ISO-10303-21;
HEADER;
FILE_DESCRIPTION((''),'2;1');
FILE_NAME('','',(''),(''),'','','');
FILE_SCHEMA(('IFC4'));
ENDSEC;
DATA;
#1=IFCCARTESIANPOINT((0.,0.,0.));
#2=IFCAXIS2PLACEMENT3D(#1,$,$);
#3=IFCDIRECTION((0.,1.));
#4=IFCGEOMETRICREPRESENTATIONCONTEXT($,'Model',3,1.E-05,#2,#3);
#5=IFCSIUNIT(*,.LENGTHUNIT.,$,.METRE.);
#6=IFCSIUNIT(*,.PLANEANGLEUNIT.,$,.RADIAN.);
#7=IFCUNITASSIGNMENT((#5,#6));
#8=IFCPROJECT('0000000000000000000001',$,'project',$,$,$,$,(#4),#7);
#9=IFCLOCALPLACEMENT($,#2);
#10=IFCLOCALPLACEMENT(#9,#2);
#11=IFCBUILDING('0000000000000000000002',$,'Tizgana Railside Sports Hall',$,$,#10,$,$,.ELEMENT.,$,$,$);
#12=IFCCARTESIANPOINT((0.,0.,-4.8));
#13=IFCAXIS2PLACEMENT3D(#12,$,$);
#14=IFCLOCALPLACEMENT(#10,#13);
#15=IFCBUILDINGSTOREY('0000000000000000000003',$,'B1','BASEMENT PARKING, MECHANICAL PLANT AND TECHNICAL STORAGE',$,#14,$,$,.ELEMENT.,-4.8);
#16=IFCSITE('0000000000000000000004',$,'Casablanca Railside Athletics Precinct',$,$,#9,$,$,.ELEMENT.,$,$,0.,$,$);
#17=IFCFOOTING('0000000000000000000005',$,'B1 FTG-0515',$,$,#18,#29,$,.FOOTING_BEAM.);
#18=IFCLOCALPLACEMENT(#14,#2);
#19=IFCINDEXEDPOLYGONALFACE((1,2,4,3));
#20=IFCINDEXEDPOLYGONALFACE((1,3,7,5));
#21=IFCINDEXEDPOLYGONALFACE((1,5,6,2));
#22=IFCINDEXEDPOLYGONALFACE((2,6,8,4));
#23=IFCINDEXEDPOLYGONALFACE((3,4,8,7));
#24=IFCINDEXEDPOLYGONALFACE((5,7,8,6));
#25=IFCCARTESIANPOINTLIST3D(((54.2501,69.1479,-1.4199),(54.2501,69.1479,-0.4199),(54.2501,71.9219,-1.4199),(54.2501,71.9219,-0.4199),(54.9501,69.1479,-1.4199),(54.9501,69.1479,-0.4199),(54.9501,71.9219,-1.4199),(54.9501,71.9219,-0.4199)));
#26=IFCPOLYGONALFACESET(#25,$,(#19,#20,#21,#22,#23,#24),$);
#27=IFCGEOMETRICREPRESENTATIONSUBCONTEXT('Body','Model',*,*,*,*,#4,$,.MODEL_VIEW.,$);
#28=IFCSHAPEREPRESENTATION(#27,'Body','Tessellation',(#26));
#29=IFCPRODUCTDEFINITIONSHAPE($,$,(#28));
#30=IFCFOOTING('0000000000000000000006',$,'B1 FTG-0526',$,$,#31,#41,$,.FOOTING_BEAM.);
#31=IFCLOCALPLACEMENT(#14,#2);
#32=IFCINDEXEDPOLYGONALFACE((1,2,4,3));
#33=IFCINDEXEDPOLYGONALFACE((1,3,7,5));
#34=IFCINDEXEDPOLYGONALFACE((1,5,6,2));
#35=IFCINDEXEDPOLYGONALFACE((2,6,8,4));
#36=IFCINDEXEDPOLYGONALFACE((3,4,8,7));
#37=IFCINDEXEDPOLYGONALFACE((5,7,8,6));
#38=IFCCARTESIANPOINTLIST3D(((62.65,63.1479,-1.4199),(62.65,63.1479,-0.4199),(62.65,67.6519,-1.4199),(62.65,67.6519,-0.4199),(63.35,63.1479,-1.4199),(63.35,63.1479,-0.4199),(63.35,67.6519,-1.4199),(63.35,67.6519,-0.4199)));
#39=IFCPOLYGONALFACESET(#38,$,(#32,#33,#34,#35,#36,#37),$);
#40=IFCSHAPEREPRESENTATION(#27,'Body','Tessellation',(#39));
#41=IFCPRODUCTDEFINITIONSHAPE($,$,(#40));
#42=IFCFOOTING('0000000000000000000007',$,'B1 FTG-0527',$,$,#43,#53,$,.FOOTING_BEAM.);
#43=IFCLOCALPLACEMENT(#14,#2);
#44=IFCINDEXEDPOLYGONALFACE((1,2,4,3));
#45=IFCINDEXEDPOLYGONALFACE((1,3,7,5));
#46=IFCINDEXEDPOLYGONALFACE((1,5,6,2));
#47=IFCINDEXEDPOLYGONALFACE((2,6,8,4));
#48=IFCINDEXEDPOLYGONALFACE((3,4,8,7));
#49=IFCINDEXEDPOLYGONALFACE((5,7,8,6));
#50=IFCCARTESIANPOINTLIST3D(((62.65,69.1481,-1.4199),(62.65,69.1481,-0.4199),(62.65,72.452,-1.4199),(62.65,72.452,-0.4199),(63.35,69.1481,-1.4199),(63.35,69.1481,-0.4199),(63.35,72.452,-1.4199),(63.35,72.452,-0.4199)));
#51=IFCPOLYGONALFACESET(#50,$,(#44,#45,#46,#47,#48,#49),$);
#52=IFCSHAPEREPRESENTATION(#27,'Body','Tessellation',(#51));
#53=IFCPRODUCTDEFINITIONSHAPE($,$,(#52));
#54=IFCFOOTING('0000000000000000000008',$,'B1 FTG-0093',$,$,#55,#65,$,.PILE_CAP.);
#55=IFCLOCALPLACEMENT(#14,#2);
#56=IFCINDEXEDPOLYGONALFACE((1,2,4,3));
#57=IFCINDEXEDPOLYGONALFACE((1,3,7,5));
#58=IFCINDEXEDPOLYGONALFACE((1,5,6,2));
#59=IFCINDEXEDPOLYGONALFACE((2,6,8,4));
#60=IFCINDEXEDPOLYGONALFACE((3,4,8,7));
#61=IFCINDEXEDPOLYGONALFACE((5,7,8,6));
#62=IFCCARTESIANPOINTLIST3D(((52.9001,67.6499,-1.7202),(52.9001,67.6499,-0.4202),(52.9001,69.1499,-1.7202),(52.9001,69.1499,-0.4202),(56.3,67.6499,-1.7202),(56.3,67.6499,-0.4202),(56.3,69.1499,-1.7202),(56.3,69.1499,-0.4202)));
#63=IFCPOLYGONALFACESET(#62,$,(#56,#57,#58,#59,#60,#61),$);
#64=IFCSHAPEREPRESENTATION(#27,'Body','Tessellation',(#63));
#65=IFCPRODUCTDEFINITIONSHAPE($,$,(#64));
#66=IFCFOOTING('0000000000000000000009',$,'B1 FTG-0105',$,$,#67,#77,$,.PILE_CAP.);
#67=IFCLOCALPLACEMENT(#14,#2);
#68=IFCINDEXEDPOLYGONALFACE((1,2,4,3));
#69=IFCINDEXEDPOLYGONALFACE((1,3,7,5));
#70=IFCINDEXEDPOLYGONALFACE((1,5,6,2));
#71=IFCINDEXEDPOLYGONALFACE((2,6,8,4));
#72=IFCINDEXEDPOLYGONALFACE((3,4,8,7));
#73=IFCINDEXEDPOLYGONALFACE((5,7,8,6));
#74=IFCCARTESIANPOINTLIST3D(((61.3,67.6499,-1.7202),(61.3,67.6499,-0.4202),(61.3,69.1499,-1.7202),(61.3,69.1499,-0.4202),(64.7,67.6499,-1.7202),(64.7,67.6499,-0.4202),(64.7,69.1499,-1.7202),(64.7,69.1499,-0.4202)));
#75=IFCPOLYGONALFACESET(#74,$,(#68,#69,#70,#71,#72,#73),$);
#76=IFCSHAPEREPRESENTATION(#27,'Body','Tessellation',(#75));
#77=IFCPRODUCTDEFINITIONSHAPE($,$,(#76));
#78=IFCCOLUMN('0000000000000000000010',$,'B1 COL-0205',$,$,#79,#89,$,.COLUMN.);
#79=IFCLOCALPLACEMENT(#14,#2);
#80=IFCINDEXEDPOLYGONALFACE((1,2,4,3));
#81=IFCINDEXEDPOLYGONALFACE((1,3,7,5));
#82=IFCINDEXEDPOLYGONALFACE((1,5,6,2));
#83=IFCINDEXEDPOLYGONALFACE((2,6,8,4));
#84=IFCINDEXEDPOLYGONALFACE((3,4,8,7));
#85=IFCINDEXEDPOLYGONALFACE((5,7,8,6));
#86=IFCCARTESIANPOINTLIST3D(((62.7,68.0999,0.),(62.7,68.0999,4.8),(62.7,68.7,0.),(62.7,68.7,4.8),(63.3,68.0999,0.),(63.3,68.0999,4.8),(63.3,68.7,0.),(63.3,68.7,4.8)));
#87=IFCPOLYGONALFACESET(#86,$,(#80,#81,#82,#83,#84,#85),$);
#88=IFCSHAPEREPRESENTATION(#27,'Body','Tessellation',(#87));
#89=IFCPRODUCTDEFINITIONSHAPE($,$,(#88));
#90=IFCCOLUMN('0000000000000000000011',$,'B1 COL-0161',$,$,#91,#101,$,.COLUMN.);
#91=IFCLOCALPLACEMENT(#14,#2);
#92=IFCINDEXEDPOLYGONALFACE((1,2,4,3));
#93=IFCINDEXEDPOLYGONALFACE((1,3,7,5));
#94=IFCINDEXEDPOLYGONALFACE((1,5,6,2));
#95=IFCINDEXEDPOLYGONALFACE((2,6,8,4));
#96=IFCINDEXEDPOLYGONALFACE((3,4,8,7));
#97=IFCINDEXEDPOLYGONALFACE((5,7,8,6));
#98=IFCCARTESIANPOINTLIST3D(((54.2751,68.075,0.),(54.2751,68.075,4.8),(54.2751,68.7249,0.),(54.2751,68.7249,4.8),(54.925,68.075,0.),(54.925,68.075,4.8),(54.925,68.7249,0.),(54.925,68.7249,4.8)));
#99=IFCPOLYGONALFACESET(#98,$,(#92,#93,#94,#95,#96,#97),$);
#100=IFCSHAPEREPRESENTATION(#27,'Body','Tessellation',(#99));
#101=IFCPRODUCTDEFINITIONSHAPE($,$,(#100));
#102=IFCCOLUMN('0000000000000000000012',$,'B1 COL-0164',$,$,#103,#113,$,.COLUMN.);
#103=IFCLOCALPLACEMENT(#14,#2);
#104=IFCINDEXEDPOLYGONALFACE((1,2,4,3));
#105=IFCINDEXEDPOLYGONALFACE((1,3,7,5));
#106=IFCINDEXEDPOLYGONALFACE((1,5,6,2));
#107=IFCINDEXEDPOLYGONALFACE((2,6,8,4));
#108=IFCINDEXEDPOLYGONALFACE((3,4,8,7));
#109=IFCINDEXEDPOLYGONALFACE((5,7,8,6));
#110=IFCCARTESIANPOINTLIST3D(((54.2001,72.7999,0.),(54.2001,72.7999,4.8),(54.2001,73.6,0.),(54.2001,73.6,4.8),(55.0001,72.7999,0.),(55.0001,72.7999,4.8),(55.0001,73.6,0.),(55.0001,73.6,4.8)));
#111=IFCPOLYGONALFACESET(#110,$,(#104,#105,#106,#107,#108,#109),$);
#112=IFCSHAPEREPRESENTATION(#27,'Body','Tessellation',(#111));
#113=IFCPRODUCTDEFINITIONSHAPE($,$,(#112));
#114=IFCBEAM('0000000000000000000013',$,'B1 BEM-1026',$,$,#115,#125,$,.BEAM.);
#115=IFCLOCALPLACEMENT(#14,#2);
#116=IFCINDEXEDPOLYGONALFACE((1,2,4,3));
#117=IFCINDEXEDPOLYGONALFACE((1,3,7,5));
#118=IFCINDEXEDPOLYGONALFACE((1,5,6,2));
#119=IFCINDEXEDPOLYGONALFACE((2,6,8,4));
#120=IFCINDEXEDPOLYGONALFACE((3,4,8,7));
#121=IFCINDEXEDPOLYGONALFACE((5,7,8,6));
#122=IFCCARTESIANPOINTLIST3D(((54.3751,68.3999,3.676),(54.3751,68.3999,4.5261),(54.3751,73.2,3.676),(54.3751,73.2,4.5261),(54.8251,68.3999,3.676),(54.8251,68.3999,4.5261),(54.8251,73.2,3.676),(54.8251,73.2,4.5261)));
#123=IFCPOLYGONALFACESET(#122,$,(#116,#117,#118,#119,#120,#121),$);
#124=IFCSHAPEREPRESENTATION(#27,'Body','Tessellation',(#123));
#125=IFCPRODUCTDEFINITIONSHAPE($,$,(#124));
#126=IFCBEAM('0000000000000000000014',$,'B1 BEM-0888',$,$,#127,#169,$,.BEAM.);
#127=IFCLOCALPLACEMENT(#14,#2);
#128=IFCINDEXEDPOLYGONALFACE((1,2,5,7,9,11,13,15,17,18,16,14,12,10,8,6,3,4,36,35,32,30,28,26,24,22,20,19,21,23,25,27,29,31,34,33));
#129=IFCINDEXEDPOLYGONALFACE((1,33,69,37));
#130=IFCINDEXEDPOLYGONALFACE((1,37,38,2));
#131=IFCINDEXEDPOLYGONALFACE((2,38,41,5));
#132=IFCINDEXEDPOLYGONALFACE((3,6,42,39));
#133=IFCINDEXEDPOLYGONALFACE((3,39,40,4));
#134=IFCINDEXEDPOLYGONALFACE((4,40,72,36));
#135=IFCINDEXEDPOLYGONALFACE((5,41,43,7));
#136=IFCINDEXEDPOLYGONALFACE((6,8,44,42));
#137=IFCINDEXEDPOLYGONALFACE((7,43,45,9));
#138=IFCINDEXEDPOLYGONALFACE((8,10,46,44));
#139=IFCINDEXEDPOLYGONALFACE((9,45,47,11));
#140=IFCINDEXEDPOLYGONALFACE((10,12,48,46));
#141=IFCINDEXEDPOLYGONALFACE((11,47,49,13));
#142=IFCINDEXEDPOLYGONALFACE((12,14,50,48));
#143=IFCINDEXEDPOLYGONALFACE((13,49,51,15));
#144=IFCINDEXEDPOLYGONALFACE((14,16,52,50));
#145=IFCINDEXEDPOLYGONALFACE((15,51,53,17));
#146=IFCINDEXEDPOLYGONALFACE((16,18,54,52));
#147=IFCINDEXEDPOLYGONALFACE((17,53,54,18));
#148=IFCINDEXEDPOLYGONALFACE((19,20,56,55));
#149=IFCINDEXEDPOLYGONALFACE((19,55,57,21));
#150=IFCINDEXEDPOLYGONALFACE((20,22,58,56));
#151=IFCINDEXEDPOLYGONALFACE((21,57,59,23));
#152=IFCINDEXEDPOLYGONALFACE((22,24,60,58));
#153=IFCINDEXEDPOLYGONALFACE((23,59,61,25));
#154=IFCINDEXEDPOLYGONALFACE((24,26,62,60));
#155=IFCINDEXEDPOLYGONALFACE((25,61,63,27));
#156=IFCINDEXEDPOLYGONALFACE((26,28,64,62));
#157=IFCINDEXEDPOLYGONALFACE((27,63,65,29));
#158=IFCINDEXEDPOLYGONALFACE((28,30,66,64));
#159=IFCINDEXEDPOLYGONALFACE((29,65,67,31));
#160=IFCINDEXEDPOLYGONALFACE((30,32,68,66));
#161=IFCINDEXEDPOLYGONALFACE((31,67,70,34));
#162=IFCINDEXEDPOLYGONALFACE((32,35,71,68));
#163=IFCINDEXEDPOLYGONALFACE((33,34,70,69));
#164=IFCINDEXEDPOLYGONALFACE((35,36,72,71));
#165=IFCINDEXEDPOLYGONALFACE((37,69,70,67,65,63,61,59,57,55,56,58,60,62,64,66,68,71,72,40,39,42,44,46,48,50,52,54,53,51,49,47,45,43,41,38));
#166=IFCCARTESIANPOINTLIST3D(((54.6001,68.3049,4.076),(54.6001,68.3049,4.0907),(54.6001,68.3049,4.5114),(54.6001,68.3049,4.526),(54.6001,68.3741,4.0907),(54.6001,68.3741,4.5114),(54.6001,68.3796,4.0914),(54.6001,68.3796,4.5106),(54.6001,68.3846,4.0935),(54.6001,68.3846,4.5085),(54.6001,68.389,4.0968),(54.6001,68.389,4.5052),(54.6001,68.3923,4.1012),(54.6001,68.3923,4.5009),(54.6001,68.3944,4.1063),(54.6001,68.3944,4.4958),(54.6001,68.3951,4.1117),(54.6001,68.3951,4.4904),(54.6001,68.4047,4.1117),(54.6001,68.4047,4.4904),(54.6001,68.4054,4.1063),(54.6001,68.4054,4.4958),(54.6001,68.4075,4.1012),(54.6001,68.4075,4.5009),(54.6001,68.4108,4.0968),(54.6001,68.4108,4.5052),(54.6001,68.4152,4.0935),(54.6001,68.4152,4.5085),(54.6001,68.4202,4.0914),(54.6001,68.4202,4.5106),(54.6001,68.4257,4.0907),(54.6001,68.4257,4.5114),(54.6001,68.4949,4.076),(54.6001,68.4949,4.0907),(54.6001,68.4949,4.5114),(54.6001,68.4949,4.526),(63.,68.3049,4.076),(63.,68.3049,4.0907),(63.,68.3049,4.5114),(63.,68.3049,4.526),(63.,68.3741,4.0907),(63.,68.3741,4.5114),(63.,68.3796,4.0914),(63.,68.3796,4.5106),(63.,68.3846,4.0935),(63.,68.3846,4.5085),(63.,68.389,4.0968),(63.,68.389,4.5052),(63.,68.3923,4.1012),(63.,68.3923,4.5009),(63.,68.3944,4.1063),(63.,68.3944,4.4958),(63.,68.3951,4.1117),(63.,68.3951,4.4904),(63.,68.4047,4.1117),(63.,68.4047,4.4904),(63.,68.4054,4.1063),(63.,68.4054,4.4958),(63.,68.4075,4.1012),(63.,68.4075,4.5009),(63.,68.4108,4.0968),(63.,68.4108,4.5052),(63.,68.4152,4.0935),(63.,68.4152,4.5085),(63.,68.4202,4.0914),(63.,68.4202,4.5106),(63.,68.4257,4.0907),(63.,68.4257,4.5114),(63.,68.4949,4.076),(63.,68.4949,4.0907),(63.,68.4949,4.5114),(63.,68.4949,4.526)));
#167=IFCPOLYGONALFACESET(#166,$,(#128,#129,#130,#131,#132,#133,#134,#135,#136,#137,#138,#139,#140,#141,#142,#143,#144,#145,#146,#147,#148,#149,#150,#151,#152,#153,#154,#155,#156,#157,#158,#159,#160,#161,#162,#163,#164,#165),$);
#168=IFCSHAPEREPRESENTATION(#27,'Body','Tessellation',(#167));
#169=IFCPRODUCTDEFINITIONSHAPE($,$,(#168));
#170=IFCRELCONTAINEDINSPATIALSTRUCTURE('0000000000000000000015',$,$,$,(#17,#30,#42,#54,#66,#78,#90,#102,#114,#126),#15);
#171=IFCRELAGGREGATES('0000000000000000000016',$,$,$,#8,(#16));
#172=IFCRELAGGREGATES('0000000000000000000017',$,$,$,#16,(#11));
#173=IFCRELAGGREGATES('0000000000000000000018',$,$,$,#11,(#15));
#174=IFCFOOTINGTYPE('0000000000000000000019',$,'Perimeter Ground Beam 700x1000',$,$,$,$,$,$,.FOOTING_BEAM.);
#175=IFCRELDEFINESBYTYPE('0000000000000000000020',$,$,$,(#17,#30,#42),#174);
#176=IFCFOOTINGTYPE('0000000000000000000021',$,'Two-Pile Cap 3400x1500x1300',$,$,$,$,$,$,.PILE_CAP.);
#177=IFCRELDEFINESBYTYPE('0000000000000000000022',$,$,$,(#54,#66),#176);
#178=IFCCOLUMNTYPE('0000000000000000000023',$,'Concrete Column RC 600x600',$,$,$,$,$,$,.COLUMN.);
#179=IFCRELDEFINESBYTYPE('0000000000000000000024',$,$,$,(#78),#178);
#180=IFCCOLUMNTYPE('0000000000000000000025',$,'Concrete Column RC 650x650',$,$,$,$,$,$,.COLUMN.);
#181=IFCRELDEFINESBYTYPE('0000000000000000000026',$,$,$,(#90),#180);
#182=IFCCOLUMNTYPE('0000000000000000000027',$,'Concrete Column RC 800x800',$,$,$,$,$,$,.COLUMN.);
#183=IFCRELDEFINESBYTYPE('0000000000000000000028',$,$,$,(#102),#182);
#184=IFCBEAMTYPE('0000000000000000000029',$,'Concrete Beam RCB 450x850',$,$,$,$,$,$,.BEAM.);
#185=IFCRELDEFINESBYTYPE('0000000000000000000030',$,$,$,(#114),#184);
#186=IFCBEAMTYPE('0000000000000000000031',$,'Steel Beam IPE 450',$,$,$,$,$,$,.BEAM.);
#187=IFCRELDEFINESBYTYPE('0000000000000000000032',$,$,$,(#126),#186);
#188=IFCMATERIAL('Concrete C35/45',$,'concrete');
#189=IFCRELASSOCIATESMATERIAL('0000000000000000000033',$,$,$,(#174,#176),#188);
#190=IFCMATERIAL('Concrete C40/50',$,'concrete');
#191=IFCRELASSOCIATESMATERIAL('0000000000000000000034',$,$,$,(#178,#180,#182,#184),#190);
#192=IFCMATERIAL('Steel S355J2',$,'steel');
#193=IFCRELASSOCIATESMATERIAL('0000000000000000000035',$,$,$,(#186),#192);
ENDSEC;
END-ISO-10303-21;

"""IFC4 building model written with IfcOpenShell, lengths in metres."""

from ifc_helpers import new_model, si_unit, direction, frame, origin, origin_2d, place, context, subcontext, project, spatial, rectangle, i_section, extrude, material, material_profile, profile_set, type_object, element, save


model = new_model("IFC4")

# Units and contexts
model_context = context("Model", 3, precision=1e-05, world=origin(), true_north=direction((0.0, 1.0)))
body_context = subcontext(model_context, "Body", "Model", "MODEL_VIEW")
ifc_project = project(units=[si_unit("LENGTHUNIT", "METRE"), si_unit("PLANEANGLEUNIT", "RADIAN")], contexts=[model_context])

# Site, building, storey
site_placement = place(None, origin())
site = spatial("IfcSite", under=ifc_project, at=site_placement, Name="Casablanca Railside Athletics Precinct", CompositionType="ELEMENT", RefElevation=0.0)
building_placement = place(site_placement, origin())
building = spatial("IfcBuilding", under=site, at=building_placement, Name="Tizgana Railside Sports Hall", CompositionType="ELEMENT")
storey_placement = place(building_placement, frame((0.0, 0.0, -4.8)))
storey = spatial("IfcBuildingStorey", under=building, at=storey_placement, Name="B1", Description="BASEMENT PARKING, MECHANICAL PLANT AND TECHNICAL STORAGE", CompositionType="ELEMENT", Elevation=-4.8)

# Shared definitions
ifc_material_1 = material(Name="Concrete C35/45", Category="concrete")

# Footings
footing_type_1 = type_object("IfcFootingType", Name="Perimeter Ground Beam 700x1000", PredefinedType="FOOTING_BEAM", material=ifc_material_1)
footing_1_placement = place(storey_placement, frame((54.6001, 70.5349, -1.4199), z_axis=(0.0, 0.0, 1.0), x_axis=(0.0, 1.0, 0.0)))
element("IfcFooting", 1, at=footing_1_placement, inside=storey, type_object=footing_type_1, Name="B1 FTG-0515", PredefinedType="FOOTING_BEAM", context=body_context, shape_type="SweptSolid", body=[
    extrude(rectangle(XDim=2.7739, YDim=0.7, at=origin_2d()), origin(), (0.0, 0.0, 1.0), 1.0),
])
footing_2_placement = place(storey_placement, frame((63.0, 65.3999, -1.4199), z_axis=(0.0, 0.0, 1.0), x_axis=(0.0, 1.0, 0.0)))
element("IfcFooting", 2, at=footing_2_placement, inside=storey, type_object=footing_type_1, Name="B1 FTG-0526", PredefinedType="FOOTING_BEAM", context=body_context, shape_type="SweptSolid", body=[
    extrude(rectangle(XDim=4.5039, YDim=0.7, at=origin_2d()), origin(), (0.0, 0.0, 1.0), 1.0),
])
footing_3_placement = place(storey_placement, frame((63.0, 70.8, -1.4199), z_axis=(0.0, 0.0, 1.0), x_axis=(0.0, 1.0, 0.0)))
element("IfcFooting", 3, at=footing_3_placement, inside=storey, type_object=footing_type_1, Name="B1 FTG-0527", PredefinedType="FOOTING_BEAM", context=body_context, shape_type="SweptSolid", body=[
    extrude(rectangle(XDim=3.304, YDim=0.7, at=origin_2d()), origin(), (0.0, 0.0, 1.0), 1.0),
])
footing_type_2 = type_object("IfcFootingType", Name="Two-Pile Cap 3400x1500x1300", PredefinedType="PILE_CAP", material=ifc_material_1)
for number, where, z_axis, x_axis, name in (
    (4, (54.6001, 68.3999, -1.7202), (0.0, 0.0, 1.0), (1.0, 0.0, 0.0), "B1 FTG-0093"),
    (5, (63.0, 68.3999, -1.7202), (0.0, 0.0, 1.0), (1.0, 0.0, 0.0), "B1 FTG-0105"),
):
    element("IfcFooting", number, at=place(storey_placement, frame(where, z_axis=z_axis, x_axis=x_axis)), inside=storey, type_object=footing_type_2, Name=name, PredefinedType="PILE_CAP", context=body_context, shape_type="SweptSolid", body=[
        extrude(rectangle(XDim=3.3999, YDim=1.5, at=origin_2d()), origin(), (0.0, 0.0, 1.0), 1.3),
    ])

# Columns
ifc_material_2 = material(Name="Concrete C40/50", Category="concrete")
ifc_material_profile_1 = material_profile(ifc_material_2, rectangle(XDim=0.6001, YDim=0.6001, at=origin_2d()), Name="RC 600x600")
ifc_profile_set_1 = profile_set([ifc_material_profile_1], Name="Concrete C40/50")
column_type_1 = type_object("IfcColumnType", Name="Concrete Column RC 600x600", PredefinedType="COLUMN", material=ifc_profile_set_1)
column_1_placement = place(storey_placement, frame((63.0, 68.3999, 0.0), z_axis=(0.0, 0.0, 1.0), x_axis=(1.0, 0.0, 0.0)))
element("IfcColumn", 6, at=column_1_placement, inside=storey, type_object=column_type_1, Name="B1 COL-0205", PredefinedType="COLUMN", context=body_context, shape_type="SweptSolid", body=[
    extrude(rectangle(XDim=0.6001, YDim=0.6001, at=origin_2d()), origin(), (0.0, 0.0, 1.0), 4.8),
])
ifc_material_profile_2 = material_profile(ifc_material_2, rectangle(XDim=0.6499, YDim=0.6499, at=origin_2d()), Name="RC 650x650")
ifc_profile_set_2 = profile_set([ifc_material_profile_2], Name="Concrete C40/50")
column_type_2 = type_object("IfcColumnType", Name="Concrete Column RC 650x650", PredefinedType="COLUMN", material=ifc_profile_set_2)
column_2_placement = place(storey_placement, frame((54.6001, 68.3999, 0.0), z_axis=(0.0, 0.0, 1.0), x_axis=(1.0, 0.0, 0.0)))
element("IfcColumn", 7, at=column_2_placement, inside=storey, type_object=column_type_2, Name="B1 COL-0161", PredefinedType="COLUMN", context=body_context, shape_type="SweptSolid", body=[
    extrude(rectangle(XDim=0.6499, YDim=0.6499, at=origin_2d()), origin(), (0.0, 0.0, 1.0), 4.8),
])
ifc_material_profile_3 = material_profile(ifc_material_2, rectangle(XDim=0.8, YDim=0.8, at=origin_2d()), Name="RC 800x800")
ifc_profile_set_3 = profile_set([ifc_material_profile_3], Name="Concrete C40/50")
column_type_3 = type_object("IfcColumnType", Name="Concrete Column RC 800x800", PredefinedType="COLUMN", material=ifc_profile_set_3)
column_3_placement = place(storey_placement, frame((54.6001, 73.2, 0.0), z_axis=(0.0, 0.0, 1.0), x_axis=(1.0, 0.0, 0.0)))
element("IfcColumn", 8, at=column_3_placement, inside=storey, type_object=column_type_3, Name="B1 COL-0164", PredefinedType="COLUMN", context=body_context, shape_type="SweptSolid", body=[
    extrude(rectangle(XDim=0.8, YDim=0.8, at=origin_2d()), origin(), (0.0, 0.0, 1.0), 4.8),
])

# Beams
ifc_material_profile_4 = material_profile(ifc_material_2, rectangle(XDim=0.45, YDim=0.8501, at=origin_2d()), Name="RCB 450x850")
ifc_profile_set_4 = profile_set([ifc_material_profile_4], Name="Concrete C40/50")
beam_type_1 = type_object("IfcBeamType", Name="Concrete Beam RCB 450x850", PredefinedType="BEAM", material=ifc_profile_set_4)
beam_1_placement = place(storey_placement, frame((54.6001, 68.3999, 4.1011), z_axis=(0.0, 1.0, 0.0), x_axis=(-1.0, 0.0, 0.0)))
element("IfcBeam", 9, at=beam_1_placement, inside=storey, type_object=beam_type_1, Name="B1 BEM-1026", PredefinedType="BEAM", context=body_context, shape_type="SweptSolid", body=[
    extrude(rectangle(XDim=0.45, YDim=0.8501, at=origin_2d()), origin(), (0.0, 0.0, 1.0), 4.8),
])
ifc_material_3 = material(Name="Steel S355J2", Category="steel")
ifc_material_profile_5 = material_profile(ifc_material_3, i_section(OverallWidth=0.1899, OverallDepth=0.45, WebThickness=0.0095, FlangeThickness=0.0146, FilletRadius=0.021, at=origin_2d()), Name="IPE 450")
ifc_profile_set_5 = profile_set([ifc_material_profile_5], Name="Steel S355J2")
beam_type_2 = type_object("IfcBeamType", Name="Steel Beam IPE 450", PredefinedType="BEAM", material=ifc_profile_set_5)
for number, where, z_axis, x_axis, name in (
    (10, (54.6001, 68.3999, 4.301), (1.0, 0.0, 0.0), (0.0, 1.0, 0.0), "B1 BEM-0888"),
):
    element("IfcBeam", number, at=place(storey_placement, frame(where, z_axis=z_axis, x_axis=x_axis)), inside=storey, type_object=beam_type_2, Name=name, PredefinedType="BEAM", context=body_context, shape_type="SweptSolid", body=[
        extrude(i_section(OverallWidth=0.1899, OverallDepth=0.45, WebThickness=0.0095, FlangeThickness=0.0146, FilletRadius=0.021, at=origin_2d()), origin(), (0.0, 0.0, 1.0), 8.3999),
    ])

save(model, "model.ifc")
